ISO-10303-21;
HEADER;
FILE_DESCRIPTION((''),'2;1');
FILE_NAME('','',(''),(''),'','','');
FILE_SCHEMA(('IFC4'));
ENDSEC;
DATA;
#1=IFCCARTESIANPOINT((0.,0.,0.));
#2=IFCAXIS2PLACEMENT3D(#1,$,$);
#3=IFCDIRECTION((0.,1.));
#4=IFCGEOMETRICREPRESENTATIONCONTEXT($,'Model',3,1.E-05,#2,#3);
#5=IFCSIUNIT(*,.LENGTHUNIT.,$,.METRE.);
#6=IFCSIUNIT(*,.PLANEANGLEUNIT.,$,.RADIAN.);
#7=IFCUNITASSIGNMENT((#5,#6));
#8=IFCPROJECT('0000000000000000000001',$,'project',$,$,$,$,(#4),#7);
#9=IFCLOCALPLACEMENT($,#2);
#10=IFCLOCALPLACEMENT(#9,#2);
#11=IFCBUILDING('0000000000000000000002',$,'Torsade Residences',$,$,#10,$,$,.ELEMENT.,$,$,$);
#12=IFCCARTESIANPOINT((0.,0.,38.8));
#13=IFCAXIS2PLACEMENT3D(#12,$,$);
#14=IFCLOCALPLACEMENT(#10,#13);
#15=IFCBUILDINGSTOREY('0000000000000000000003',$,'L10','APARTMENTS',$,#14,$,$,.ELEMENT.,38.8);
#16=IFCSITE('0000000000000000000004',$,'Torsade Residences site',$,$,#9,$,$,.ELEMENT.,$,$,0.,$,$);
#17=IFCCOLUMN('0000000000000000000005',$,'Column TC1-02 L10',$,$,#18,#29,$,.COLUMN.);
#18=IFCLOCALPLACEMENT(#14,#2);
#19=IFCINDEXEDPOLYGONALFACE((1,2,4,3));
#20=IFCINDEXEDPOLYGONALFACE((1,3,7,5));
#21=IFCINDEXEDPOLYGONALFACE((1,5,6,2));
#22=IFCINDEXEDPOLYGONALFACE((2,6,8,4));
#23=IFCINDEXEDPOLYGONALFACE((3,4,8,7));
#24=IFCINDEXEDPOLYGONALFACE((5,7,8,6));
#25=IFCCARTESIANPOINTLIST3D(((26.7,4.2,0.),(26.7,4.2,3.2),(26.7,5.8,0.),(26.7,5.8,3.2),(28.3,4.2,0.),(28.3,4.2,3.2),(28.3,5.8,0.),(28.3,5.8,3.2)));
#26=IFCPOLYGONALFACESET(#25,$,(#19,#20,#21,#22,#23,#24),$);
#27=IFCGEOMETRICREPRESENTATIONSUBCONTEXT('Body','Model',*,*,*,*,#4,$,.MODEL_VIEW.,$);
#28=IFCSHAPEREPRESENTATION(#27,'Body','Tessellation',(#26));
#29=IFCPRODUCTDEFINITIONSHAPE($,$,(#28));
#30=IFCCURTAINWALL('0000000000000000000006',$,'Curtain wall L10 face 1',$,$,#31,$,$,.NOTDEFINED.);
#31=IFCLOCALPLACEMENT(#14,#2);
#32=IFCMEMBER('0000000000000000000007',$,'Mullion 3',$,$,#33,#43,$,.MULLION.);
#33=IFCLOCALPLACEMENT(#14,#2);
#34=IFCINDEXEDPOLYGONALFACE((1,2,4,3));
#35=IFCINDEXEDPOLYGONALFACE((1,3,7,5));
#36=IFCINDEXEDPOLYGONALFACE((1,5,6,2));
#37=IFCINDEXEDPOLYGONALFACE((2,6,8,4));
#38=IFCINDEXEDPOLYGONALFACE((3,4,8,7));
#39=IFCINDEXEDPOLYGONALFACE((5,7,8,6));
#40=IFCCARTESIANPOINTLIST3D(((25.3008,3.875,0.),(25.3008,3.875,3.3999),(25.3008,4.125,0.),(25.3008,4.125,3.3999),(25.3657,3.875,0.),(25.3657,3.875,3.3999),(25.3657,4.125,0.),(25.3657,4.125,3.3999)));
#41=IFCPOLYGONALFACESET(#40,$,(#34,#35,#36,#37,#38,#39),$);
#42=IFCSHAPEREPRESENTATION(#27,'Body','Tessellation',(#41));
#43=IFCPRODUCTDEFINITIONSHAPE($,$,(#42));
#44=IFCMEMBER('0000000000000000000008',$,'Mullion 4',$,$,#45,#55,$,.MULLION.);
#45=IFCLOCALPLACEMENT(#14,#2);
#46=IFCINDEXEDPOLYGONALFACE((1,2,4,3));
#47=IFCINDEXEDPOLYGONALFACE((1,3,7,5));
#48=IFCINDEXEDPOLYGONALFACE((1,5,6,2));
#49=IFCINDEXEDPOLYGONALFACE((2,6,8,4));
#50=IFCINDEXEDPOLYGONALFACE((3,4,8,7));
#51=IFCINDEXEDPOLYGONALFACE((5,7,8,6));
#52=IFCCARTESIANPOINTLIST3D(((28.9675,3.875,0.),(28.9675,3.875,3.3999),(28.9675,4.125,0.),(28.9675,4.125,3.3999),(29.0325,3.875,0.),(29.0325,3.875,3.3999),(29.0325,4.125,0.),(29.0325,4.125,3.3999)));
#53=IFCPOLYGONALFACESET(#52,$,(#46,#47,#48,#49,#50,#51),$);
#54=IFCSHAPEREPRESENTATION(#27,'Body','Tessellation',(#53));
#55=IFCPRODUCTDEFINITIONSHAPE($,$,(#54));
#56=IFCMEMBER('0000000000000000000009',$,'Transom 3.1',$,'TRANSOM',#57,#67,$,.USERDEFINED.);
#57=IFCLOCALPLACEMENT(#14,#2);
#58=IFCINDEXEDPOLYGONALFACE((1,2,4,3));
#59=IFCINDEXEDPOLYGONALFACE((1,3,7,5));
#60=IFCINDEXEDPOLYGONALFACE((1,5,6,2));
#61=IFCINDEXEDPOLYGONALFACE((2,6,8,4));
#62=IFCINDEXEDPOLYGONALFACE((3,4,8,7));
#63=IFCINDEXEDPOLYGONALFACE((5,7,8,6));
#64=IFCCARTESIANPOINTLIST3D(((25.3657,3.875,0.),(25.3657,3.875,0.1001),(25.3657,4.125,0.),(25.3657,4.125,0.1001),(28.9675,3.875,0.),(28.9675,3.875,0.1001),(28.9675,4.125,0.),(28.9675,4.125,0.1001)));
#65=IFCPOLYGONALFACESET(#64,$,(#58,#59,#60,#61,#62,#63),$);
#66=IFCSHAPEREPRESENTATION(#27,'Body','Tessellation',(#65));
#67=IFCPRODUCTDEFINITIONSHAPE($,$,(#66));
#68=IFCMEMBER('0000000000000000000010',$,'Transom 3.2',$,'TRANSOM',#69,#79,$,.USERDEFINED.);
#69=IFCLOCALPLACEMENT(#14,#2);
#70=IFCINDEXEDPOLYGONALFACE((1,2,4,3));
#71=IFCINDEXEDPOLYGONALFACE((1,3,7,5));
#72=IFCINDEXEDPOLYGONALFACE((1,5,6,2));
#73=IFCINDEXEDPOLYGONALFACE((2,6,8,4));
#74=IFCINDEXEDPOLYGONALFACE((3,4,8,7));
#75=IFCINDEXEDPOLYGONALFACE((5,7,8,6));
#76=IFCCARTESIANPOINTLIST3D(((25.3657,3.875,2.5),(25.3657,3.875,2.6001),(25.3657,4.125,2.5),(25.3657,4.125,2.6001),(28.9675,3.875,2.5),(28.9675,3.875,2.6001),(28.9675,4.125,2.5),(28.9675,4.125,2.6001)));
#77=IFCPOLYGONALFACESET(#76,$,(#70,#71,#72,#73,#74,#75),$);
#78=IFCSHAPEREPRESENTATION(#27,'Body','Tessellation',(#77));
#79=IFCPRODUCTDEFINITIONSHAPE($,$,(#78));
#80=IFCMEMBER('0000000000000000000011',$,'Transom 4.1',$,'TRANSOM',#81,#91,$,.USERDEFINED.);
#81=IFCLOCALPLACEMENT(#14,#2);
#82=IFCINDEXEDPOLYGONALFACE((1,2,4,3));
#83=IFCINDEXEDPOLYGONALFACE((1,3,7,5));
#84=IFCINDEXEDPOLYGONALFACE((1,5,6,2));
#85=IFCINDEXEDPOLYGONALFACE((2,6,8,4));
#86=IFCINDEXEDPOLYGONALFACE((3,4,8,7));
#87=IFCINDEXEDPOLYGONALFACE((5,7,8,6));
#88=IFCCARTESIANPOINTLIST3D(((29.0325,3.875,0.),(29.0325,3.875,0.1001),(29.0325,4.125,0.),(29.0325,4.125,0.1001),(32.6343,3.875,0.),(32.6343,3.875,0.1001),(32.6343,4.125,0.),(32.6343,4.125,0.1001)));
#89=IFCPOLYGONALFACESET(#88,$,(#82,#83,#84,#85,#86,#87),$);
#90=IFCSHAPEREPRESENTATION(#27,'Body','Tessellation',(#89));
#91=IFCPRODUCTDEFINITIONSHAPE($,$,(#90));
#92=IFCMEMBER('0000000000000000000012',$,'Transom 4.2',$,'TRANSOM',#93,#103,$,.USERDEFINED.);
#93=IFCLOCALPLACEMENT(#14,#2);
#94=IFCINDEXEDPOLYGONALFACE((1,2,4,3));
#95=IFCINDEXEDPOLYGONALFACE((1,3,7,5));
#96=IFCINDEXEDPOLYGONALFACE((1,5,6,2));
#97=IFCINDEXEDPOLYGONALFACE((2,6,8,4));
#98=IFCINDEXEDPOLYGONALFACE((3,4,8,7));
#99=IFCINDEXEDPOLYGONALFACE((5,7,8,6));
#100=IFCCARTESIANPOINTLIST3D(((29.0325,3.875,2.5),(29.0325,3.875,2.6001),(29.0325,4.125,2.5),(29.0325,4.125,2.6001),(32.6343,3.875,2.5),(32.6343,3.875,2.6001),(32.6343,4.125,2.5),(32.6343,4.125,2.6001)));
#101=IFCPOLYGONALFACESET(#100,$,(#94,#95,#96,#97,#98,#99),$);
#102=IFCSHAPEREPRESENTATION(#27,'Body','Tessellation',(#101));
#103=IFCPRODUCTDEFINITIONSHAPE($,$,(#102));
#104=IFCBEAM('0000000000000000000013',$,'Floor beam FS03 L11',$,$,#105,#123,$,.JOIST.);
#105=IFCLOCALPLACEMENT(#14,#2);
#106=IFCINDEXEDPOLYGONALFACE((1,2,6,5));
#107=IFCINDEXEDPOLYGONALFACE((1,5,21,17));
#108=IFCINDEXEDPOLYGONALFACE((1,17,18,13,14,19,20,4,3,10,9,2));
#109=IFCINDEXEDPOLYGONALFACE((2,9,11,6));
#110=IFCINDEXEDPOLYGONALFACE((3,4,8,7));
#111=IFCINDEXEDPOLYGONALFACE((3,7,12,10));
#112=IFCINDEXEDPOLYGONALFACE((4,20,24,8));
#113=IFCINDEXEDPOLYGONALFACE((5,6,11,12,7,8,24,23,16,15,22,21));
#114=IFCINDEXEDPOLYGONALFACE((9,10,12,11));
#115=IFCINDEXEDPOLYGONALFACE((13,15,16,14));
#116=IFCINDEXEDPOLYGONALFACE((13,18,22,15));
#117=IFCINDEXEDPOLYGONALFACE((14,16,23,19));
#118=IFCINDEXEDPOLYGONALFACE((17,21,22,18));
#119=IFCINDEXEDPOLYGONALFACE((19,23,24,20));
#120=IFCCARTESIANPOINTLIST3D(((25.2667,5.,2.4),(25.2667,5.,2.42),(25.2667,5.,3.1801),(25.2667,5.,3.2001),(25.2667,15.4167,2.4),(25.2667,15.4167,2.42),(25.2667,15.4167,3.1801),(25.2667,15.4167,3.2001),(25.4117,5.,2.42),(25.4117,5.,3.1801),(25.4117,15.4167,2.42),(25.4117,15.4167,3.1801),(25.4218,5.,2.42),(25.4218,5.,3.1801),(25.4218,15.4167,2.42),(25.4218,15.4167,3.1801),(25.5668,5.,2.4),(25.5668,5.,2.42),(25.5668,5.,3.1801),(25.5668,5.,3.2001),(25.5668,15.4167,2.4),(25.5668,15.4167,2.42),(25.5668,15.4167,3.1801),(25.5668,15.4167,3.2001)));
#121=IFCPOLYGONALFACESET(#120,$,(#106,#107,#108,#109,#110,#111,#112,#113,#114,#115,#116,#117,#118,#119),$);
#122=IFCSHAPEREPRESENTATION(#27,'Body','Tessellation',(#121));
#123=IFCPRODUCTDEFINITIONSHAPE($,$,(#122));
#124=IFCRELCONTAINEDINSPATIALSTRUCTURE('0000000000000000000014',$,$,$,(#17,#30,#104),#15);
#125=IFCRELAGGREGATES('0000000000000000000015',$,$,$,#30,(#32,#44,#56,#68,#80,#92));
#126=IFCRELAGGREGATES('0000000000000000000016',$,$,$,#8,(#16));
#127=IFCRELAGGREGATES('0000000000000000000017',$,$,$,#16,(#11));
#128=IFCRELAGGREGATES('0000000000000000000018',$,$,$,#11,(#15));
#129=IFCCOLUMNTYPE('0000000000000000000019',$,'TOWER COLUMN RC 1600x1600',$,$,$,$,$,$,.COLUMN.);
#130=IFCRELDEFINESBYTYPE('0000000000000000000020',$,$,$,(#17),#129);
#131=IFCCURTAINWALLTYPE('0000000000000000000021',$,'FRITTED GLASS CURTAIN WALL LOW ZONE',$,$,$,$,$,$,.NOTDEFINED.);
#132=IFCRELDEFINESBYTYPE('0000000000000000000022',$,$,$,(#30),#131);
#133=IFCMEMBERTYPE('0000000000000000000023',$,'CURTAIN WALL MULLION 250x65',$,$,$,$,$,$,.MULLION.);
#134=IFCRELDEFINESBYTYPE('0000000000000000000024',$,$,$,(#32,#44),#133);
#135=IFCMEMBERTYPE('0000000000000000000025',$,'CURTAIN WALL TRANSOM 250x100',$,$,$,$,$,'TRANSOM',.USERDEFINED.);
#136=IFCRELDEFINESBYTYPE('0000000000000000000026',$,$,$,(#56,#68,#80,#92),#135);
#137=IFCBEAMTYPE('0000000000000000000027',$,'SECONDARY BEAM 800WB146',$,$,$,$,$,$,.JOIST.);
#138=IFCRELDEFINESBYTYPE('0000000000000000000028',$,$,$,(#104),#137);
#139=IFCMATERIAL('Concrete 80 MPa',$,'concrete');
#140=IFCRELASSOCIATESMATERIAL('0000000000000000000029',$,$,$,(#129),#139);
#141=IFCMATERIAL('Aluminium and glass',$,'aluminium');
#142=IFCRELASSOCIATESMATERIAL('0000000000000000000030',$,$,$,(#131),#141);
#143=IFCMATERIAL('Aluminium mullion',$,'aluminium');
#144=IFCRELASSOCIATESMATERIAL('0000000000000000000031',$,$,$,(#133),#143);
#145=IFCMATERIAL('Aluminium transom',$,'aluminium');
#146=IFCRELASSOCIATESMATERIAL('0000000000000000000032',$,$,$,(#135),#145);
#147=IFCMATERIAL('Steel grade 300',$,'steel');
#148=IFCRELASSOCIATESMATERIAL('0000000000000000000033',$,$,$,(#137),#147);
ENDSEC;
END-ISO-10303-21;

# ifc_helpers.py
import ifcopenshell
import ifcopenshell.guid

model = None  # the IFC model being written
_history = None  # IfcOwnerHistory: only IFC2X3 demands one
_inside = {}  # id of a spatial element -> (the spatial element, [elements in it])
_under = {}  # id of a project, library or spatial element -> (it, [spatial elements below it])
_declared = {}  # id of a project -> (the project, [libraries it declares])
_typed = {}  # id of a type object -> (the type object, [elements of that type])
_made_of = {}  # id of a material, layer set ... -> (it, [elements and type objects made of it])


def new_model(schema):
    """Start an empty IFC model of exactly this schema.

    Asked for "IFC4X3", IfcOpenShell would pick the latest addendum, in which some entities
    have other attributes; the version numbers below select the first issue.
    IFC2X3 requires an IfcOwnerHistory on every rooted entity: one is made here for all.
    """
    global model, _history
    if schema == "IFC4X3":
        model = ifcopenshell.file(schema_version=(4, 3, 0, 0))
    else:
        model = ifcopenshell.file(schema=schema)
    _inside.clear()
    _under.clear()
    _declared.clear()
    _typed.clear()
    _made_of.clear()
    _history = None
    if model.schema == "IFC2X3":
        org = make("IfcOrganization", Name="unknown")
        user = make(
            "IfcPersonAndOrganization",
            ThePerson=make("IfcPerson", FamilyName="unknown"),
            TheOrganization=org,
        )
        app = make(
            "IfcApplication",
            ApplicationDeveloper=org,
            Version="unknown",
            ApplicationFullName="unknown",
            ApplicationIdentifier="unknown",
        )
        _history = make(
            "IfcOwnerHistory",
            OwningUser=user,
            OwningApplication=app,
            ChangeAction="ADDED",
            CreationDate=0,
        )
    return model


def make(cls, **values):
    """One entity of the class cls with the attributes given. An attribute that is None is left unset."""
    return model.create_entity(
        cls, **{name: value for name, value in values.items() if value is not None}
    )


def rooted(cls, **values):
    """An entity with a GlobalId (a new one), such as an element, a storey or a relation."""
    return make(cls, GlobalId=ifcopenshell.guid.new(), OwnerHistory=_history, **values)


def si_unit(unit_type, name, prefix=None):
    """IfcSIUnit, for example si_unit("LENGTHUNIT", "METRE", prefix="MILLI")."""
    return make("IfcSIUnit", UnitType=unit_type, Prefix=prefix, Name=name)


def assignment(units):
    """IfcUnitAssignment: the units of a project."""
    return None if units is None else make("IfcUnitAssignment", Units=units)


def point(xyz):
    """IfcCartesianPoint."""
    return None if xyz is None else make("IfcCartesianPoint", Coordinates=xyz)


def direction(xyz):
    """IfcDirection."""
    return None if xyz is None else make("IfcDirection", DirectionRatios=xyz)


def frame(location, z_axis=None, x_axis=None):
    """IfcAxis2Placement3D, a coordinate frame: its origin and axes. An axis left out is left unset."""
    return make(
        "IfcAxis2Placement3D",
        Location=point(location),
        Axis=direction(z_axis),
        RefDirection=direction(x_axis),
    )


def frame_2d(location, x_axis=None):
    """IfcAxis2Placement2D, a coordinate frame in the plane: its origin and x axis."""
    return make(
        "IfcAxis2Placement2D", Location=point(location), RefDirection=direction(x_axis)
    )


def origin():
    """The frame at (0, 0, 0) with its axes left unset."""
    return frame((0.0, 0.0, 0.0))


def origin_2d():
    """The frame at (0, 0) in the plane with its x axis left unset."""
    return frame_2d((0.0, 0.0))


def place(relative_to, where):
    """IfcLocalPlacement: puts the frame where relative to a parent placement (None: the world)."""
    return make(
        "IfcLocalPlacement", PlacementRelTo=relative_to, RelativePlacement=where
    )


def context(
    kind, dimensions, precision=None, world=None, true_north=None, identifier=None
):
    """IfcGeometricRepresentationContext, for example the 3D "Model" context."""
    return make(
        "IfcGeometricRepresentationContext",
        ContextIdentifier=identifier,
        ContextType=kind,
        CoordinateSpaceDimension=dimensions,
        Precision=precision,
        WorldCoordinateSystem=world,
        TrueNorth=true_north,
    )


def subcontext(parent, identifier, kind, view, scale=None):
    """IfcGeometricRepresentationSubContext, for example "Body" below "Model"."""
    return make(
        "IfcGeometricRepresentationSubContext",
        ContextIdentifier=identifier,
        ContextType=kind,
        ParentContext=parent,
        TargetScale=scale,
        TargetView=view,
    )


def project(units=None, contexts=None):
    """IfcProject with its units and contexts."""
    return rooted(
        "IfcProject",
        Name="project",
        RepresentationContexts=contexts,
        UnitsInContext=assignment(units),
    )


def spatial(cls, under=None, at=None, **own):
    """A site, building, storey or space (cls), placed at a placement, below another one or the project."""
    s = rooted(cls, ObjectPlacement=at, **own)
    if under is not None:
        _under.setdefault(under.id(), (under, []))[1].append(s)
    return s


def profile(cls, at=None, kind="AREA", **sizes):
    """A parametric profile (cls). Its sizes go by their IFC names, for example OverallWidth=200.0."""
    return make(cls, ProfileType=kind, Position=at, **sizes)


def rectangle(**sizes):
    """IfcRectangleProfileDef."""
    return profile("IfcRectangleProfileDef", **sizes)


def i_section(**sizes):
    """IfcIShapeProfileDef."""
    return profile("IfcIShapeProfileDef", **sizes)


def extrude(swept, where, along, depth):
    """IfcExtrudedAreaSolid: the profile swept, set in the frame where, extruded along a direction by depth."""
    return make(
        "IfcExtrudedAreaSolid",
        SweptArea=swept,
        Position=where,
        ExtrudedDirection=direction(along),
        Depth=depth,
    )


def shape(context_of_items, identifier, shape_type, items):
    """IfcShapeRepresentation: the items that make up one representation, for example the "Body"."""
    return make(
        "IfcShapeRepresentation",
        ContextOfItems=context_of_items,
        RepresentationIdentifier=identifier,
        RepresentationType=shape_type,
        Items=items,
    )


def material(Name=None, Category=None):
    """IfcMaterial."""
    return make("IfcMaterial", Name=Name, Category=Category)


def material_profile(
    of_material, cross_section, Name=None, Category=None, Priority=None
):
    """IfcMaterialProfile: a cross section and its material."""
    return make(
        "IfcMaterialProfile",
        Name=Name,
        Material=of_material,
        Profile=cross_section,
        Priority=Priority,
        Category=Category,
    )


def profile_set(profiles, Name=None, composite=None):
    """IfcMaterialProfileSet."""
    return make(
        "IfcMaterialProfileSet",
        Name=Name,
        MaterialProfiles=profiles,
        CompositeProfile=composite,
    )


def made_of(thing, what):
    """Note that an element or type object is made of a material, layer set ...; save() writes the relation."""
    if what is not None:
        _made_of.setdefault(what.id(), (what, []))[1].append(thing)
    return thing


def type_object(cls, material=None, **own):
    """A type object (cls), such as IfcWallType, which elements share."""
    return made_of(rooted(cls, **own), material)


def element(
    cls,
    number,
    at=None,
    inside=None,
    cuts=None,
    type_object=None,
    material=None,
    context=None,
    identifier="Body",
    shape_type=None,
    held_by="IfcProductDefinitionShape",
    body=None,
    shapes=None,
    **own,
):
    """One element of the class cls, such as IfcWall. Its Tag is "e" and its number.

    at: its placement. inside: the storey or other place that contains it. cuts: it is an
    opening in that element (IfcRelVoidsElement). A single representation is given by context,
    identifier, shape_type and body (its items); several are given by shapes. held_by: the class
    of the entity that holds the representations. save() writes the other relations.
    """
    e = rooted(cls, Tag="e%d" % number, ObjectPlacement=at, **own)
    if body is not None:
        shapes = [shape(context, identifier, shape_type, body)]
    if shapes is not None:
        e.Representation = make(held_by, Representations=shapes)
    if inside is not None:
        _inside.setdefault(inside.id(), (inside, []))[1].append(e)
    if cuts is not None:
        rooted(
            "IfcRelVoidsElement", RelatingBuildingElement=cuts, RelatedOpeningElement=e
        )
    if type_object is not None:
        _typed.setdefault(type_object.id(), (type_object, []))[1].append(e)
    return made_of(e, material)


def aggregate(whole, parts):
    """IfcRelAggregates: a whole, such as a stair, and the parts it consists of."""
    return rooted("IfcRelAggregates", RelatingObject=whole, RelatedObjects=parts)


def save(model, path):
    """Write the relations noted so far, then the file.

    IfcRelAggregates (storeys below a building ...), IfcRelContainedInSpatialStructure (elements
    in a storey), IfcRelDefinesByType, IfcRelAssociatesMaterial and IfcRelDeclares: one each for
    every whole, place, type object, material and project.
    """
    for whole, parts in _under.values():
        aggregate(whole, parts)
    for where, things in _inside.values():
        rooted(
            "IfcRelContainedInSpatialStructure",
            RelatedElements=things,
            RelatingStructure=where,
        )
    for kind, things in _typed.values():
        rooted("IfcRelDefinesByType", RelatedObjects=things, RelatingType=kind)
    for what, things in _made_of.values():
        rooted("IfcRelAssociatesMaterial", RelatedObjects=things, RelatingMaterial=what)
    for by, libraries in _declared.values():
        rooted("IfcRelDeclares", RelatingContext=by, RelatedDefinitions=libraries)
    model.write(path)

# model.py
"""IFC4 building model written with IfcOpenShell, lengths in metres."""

from ifc_helpers import new_model, si_unit, direction, frame, origin, origin_2d, place, context, subcontext, project, spatial, rectangle, i_section, extrude, material, material_profile, profile_set, type_object, element, aggregate, save


model = new_model("IFC4")

# Units and contexts
model_context = context("Model", 3, precision=1e-05, world=origin(), true_north=direction((0.0, 1.0)))
body_context = subcontext(model_context, "Body", "Model", "MODEL_VIEW")
ifc_project = project(units=[si_unit("LENGTHUNIT", "METRE"), si_unit("PLANEANGLEUNIT", "RADIAN")], contexts=[model_context])

# Site, building, storey
site_placement = place(None, origin())
site = spatial("IfcSite", under=ifc_project, at=site_placement, Name="Torsade Residences site", CompositionType="ELEMENT", RefElevation=0.0)
building_placement = place(site_placement, origin())
building = spatial("IfcBuilding", under=site, at=building_placement, Name="Torsade Residences", CompositionType="ELEMENT")
storey_placement = place(building_placement, frame((0.0, 0.0, 38.8)))
storey = spatial("IfcBuildingStorey", under=building, at=storey_placement, Name="L10", Description="APARTMENTS", CompositionType="ELEMENT", Elevation=38.8)

# Column
ifc_material_1 = material(Name="Concrete 80 MPa", Category="concrete")
ifc_material_profile_1 = material_profile(ifc_material_1, rectangle(XDim=1.6001, YDim=1.6001, at=origin_2d()), Name="RC 1600x1600")
ifc_profile_set_1 = profile_set([ifc_material_profile_1], Name="Concrete 80 MPa")
column_type = type_object("IfcColumnType", Name="TOWER COLUMN RC 1600x1600", PredefinedType="COLUMN", material=ifc_profile_set_1)
column_placement = place(storey_placement, frame((27.5, 5.0, 0.0), z_axis=(0.0, 0.0, 1.0), x_axis=(1.0, 0.0, 0.0)))
element("IfcColumn", 1, at=column_placement, inside=storey, type_object=column_type, Name="Column TC1-02 L10", PredefinedType="COLUMN", context=body_context, shape_type="SweptSolid", body=[
    extrude(rectangle(XDim=1.6001, YDim=1.6001, at=origin_2d()), origin(), (0.0, 0.0, 1.0), 3.2),
])

# Curtain wall, members
ifc_material_2 = material(Name="Aluminium and glass", Category="aluminium")
curtain_wall_type = type_object("IfcCurtainWallType", Name="FRITTED GLASS CURTAIN WALL LOW ZONE", PredefinedType="NOTDEFINED", material=ifc_material_2)
curtain_wall_placement = place(storey_placement, origin())
curtain_wall = element("IfcCurtainWall", 2, at=curtain_wall_placement, inside=storey, type_object=curtain_wall_type, Name="Curtain wall L10 face 1", PredefinedType="NOTDEFINED")
ifc_material_3 = material(Name="Aluminium mullion", Category="aluminium")
ifc_material_profile_2 = material_profile(ifc_material_3, rectangle(XDim=0.25, YDim=0.0649, at=origin_2d()), Name="CURTAIN WALL MULLION 250x65")
ifc_profile_set_2 = profile_set([ifc_material_profile_2], Name="Aluminium mullion")
member_type_1 = type_object("IfcMemberType", Name="CURTAIN WALL MULLION 250x65", PredefinedType="MULLION", material=ifc_profile_set_2)
member_1_placement = place(storey_placement, frame((25.3333, 4.0, 0.0), z_axis=(0.0, 0.0, 1.0), x_axis=(0.0, 1.0, 0.0)))
member_1 = element("IfcMember", 3, at=member_1_placement, type_object=member_type_1, Name="Mullion 3", PredefinedType="MULLION", context=body_context, shape_type="SweptSolid", body=[
    extrude(rectangle(XDim=0.25, YDim=0.0649, at=origin_2d()), origin(), (0.0, 0.0, 1.0), 3.3999),
])
member_2_placement = place(storey_placement, frame((29.0, 4.0, 0.0), z_axis=(0.0, 0.0, 1.0), x_axis=(0.0, 1.0, 0.0)))
member_2 = element("IfcMember", 4, at=member_2_placement, type_object=member_type_1, Name="Mullion 4", PredefinedType="MULLION", context=body_context, shape_type="SweptSolid", body=[
    extrude(rectangle(XDim=0.25, YDim=0.0649, at=origin_2d()), origin(), (0.0, 0.0, 1.0), 3.3999),
])
ifc_material_4 = material(Name="Aluminium transom", Category="aluminium")
ifc_material_profile_3 = material_profile(ifc_material_4, rectangle(XDim=0.25, YDim=0.1001, at=origin_2d()), Name="CURTAIN WALL TRANSOM 250x100")
ifc_profile_set_3 = profile_set([ifc_material_profile_3], Name="Aluminium transom")
member_type_2 = type_object("IfcMemberType", Name="CURTAIN WALL TRANSOM 250x100", ElementType="TRANSOM", PredefinedType="USERDEFINED", material=ifc_profile_set_3)
member_3_placement = place(storey_placement, frame((25.3657, 4.0, 0.05), z_axis=(1.0, 0.0, 0.0), x_axis=(0.0, 1.0, 0.0)))
member_3 = element("IfcMember", 5, at=member_3_placement, type_object=member_type_2, Name="Transom 3.1", ObjectType="TRANSOM", PredefinedType="USERDEFINED", context=body_context, shape_type="SweptSolid", body=[
    extrude(rectangle(XDim=0.25, YDim=0.1001, at=origin_2d()), origin(), (0.0, 0.0, 1.0), 3.6018),
])
member_4_placement = place(storey_placement, frame((25.3657, 4.0, 2.55), z_axis=(1.0, 0.0, 0.0), x_axis=(0.0, 1.0, 0.0)))
member_4 = element("IfcMember", 6, at=member_4_placement, type_object=member_type_2, Name="Transom 3.2", ObjectType="TRANSOM", PredefinedType="USERDEFINED", context=body_context, shape_type="SweptSolid", body=[
    extrude(rectangle(XDim=0.25, YDim=0.1001, at=origin_2d()), origin(), (0.0, 0.0, 1.0), 3.6018),
])
member_5_placement = place(storey_placement, frame((29.0325, 4.0, 0.05), z_axis=(1.0, 0.0, 0.0), x_axis=(0.0, 1.0, 0.0)))
member_5 = element("IfcMember", 7, at=member_5_placement, type_object=member_type_2, Name="Transom 4.1", ObjectType="TRANSOM", PredefinedType="USERDEFINED", context=body_context, shape_type="SweptSolid", body=[
    extrude(rectangle(XDim=0.25, YDim=0.1001, at=origin_2d()), origin(), (0.0, 0.0, 1.0), 3.6018),
])
member_6_placement = place(storey_placement, frame((29.0325, 4.0, 2.55), z_axis=(1.0, 0.0, 0.0), x_axis=(0.0, 1.0, 0.0)))
member_6 = element("IfcMember", 8, at=member_6_placement, type_object=member_type_2, Name="Transom 4.2", ObjectType="TRANSOM", PredefinedType="USERDEFINED", context=body_context, shape_type="SweptSolid", body=[
    extrude(rectangle(XDim=0.25, YDim=0.1001, at=origin_2d()), origin(), (0.0, 0.0, 1.0), 3.6018),
])

# Beam
ifc_material_5 = material(Name="Steel grade 300", Category="steel")
ifc_material_profile_4 = material_profile(ifc_material_5, i_section(OverallWidth=0.3, OverallDepth=0.8, WebThickness=0.01, FlangeThickness=0.02, at=origin_2d()), Name="800WB146")
ifc_profile_set_4 = profile_set([ifc_material_profile_4], Name="Steel grade 300")
beam_type_1 = type_object("IfcBeamType", Name="SECONDARY BEAM 800WB146", PredefinedType="JOIST", material=ifc_profile_set_4)
beam_1_placement = place(storey_placement, frame((25.4167, 5.0, 2.8), z_axis=(0.0, 1.0, 0.0), x_axis=(-1.0, 0.0, 0.0)))
element("IfcBeam", 9, at=beam_1_placement, inside=storey, type_object=beam_type_1, Name="Floor beam FS03 L11", PredefinedType="JOIST", context=body_context, shape_type="SweptSolid", body=[
    extrude(i_section(OverallWidth=0.3, OverallDepth=0.8, WebThickness=0.01, FlangeThickness=0.02, at=origin_2d()), origin(), (0.0, 0.0, 1.0), 10.4167),
])

aggregate(curtain_wall, [member_1, member_2, member_3, member_4, member_5, member_6])

save(model, "model.ifc")
